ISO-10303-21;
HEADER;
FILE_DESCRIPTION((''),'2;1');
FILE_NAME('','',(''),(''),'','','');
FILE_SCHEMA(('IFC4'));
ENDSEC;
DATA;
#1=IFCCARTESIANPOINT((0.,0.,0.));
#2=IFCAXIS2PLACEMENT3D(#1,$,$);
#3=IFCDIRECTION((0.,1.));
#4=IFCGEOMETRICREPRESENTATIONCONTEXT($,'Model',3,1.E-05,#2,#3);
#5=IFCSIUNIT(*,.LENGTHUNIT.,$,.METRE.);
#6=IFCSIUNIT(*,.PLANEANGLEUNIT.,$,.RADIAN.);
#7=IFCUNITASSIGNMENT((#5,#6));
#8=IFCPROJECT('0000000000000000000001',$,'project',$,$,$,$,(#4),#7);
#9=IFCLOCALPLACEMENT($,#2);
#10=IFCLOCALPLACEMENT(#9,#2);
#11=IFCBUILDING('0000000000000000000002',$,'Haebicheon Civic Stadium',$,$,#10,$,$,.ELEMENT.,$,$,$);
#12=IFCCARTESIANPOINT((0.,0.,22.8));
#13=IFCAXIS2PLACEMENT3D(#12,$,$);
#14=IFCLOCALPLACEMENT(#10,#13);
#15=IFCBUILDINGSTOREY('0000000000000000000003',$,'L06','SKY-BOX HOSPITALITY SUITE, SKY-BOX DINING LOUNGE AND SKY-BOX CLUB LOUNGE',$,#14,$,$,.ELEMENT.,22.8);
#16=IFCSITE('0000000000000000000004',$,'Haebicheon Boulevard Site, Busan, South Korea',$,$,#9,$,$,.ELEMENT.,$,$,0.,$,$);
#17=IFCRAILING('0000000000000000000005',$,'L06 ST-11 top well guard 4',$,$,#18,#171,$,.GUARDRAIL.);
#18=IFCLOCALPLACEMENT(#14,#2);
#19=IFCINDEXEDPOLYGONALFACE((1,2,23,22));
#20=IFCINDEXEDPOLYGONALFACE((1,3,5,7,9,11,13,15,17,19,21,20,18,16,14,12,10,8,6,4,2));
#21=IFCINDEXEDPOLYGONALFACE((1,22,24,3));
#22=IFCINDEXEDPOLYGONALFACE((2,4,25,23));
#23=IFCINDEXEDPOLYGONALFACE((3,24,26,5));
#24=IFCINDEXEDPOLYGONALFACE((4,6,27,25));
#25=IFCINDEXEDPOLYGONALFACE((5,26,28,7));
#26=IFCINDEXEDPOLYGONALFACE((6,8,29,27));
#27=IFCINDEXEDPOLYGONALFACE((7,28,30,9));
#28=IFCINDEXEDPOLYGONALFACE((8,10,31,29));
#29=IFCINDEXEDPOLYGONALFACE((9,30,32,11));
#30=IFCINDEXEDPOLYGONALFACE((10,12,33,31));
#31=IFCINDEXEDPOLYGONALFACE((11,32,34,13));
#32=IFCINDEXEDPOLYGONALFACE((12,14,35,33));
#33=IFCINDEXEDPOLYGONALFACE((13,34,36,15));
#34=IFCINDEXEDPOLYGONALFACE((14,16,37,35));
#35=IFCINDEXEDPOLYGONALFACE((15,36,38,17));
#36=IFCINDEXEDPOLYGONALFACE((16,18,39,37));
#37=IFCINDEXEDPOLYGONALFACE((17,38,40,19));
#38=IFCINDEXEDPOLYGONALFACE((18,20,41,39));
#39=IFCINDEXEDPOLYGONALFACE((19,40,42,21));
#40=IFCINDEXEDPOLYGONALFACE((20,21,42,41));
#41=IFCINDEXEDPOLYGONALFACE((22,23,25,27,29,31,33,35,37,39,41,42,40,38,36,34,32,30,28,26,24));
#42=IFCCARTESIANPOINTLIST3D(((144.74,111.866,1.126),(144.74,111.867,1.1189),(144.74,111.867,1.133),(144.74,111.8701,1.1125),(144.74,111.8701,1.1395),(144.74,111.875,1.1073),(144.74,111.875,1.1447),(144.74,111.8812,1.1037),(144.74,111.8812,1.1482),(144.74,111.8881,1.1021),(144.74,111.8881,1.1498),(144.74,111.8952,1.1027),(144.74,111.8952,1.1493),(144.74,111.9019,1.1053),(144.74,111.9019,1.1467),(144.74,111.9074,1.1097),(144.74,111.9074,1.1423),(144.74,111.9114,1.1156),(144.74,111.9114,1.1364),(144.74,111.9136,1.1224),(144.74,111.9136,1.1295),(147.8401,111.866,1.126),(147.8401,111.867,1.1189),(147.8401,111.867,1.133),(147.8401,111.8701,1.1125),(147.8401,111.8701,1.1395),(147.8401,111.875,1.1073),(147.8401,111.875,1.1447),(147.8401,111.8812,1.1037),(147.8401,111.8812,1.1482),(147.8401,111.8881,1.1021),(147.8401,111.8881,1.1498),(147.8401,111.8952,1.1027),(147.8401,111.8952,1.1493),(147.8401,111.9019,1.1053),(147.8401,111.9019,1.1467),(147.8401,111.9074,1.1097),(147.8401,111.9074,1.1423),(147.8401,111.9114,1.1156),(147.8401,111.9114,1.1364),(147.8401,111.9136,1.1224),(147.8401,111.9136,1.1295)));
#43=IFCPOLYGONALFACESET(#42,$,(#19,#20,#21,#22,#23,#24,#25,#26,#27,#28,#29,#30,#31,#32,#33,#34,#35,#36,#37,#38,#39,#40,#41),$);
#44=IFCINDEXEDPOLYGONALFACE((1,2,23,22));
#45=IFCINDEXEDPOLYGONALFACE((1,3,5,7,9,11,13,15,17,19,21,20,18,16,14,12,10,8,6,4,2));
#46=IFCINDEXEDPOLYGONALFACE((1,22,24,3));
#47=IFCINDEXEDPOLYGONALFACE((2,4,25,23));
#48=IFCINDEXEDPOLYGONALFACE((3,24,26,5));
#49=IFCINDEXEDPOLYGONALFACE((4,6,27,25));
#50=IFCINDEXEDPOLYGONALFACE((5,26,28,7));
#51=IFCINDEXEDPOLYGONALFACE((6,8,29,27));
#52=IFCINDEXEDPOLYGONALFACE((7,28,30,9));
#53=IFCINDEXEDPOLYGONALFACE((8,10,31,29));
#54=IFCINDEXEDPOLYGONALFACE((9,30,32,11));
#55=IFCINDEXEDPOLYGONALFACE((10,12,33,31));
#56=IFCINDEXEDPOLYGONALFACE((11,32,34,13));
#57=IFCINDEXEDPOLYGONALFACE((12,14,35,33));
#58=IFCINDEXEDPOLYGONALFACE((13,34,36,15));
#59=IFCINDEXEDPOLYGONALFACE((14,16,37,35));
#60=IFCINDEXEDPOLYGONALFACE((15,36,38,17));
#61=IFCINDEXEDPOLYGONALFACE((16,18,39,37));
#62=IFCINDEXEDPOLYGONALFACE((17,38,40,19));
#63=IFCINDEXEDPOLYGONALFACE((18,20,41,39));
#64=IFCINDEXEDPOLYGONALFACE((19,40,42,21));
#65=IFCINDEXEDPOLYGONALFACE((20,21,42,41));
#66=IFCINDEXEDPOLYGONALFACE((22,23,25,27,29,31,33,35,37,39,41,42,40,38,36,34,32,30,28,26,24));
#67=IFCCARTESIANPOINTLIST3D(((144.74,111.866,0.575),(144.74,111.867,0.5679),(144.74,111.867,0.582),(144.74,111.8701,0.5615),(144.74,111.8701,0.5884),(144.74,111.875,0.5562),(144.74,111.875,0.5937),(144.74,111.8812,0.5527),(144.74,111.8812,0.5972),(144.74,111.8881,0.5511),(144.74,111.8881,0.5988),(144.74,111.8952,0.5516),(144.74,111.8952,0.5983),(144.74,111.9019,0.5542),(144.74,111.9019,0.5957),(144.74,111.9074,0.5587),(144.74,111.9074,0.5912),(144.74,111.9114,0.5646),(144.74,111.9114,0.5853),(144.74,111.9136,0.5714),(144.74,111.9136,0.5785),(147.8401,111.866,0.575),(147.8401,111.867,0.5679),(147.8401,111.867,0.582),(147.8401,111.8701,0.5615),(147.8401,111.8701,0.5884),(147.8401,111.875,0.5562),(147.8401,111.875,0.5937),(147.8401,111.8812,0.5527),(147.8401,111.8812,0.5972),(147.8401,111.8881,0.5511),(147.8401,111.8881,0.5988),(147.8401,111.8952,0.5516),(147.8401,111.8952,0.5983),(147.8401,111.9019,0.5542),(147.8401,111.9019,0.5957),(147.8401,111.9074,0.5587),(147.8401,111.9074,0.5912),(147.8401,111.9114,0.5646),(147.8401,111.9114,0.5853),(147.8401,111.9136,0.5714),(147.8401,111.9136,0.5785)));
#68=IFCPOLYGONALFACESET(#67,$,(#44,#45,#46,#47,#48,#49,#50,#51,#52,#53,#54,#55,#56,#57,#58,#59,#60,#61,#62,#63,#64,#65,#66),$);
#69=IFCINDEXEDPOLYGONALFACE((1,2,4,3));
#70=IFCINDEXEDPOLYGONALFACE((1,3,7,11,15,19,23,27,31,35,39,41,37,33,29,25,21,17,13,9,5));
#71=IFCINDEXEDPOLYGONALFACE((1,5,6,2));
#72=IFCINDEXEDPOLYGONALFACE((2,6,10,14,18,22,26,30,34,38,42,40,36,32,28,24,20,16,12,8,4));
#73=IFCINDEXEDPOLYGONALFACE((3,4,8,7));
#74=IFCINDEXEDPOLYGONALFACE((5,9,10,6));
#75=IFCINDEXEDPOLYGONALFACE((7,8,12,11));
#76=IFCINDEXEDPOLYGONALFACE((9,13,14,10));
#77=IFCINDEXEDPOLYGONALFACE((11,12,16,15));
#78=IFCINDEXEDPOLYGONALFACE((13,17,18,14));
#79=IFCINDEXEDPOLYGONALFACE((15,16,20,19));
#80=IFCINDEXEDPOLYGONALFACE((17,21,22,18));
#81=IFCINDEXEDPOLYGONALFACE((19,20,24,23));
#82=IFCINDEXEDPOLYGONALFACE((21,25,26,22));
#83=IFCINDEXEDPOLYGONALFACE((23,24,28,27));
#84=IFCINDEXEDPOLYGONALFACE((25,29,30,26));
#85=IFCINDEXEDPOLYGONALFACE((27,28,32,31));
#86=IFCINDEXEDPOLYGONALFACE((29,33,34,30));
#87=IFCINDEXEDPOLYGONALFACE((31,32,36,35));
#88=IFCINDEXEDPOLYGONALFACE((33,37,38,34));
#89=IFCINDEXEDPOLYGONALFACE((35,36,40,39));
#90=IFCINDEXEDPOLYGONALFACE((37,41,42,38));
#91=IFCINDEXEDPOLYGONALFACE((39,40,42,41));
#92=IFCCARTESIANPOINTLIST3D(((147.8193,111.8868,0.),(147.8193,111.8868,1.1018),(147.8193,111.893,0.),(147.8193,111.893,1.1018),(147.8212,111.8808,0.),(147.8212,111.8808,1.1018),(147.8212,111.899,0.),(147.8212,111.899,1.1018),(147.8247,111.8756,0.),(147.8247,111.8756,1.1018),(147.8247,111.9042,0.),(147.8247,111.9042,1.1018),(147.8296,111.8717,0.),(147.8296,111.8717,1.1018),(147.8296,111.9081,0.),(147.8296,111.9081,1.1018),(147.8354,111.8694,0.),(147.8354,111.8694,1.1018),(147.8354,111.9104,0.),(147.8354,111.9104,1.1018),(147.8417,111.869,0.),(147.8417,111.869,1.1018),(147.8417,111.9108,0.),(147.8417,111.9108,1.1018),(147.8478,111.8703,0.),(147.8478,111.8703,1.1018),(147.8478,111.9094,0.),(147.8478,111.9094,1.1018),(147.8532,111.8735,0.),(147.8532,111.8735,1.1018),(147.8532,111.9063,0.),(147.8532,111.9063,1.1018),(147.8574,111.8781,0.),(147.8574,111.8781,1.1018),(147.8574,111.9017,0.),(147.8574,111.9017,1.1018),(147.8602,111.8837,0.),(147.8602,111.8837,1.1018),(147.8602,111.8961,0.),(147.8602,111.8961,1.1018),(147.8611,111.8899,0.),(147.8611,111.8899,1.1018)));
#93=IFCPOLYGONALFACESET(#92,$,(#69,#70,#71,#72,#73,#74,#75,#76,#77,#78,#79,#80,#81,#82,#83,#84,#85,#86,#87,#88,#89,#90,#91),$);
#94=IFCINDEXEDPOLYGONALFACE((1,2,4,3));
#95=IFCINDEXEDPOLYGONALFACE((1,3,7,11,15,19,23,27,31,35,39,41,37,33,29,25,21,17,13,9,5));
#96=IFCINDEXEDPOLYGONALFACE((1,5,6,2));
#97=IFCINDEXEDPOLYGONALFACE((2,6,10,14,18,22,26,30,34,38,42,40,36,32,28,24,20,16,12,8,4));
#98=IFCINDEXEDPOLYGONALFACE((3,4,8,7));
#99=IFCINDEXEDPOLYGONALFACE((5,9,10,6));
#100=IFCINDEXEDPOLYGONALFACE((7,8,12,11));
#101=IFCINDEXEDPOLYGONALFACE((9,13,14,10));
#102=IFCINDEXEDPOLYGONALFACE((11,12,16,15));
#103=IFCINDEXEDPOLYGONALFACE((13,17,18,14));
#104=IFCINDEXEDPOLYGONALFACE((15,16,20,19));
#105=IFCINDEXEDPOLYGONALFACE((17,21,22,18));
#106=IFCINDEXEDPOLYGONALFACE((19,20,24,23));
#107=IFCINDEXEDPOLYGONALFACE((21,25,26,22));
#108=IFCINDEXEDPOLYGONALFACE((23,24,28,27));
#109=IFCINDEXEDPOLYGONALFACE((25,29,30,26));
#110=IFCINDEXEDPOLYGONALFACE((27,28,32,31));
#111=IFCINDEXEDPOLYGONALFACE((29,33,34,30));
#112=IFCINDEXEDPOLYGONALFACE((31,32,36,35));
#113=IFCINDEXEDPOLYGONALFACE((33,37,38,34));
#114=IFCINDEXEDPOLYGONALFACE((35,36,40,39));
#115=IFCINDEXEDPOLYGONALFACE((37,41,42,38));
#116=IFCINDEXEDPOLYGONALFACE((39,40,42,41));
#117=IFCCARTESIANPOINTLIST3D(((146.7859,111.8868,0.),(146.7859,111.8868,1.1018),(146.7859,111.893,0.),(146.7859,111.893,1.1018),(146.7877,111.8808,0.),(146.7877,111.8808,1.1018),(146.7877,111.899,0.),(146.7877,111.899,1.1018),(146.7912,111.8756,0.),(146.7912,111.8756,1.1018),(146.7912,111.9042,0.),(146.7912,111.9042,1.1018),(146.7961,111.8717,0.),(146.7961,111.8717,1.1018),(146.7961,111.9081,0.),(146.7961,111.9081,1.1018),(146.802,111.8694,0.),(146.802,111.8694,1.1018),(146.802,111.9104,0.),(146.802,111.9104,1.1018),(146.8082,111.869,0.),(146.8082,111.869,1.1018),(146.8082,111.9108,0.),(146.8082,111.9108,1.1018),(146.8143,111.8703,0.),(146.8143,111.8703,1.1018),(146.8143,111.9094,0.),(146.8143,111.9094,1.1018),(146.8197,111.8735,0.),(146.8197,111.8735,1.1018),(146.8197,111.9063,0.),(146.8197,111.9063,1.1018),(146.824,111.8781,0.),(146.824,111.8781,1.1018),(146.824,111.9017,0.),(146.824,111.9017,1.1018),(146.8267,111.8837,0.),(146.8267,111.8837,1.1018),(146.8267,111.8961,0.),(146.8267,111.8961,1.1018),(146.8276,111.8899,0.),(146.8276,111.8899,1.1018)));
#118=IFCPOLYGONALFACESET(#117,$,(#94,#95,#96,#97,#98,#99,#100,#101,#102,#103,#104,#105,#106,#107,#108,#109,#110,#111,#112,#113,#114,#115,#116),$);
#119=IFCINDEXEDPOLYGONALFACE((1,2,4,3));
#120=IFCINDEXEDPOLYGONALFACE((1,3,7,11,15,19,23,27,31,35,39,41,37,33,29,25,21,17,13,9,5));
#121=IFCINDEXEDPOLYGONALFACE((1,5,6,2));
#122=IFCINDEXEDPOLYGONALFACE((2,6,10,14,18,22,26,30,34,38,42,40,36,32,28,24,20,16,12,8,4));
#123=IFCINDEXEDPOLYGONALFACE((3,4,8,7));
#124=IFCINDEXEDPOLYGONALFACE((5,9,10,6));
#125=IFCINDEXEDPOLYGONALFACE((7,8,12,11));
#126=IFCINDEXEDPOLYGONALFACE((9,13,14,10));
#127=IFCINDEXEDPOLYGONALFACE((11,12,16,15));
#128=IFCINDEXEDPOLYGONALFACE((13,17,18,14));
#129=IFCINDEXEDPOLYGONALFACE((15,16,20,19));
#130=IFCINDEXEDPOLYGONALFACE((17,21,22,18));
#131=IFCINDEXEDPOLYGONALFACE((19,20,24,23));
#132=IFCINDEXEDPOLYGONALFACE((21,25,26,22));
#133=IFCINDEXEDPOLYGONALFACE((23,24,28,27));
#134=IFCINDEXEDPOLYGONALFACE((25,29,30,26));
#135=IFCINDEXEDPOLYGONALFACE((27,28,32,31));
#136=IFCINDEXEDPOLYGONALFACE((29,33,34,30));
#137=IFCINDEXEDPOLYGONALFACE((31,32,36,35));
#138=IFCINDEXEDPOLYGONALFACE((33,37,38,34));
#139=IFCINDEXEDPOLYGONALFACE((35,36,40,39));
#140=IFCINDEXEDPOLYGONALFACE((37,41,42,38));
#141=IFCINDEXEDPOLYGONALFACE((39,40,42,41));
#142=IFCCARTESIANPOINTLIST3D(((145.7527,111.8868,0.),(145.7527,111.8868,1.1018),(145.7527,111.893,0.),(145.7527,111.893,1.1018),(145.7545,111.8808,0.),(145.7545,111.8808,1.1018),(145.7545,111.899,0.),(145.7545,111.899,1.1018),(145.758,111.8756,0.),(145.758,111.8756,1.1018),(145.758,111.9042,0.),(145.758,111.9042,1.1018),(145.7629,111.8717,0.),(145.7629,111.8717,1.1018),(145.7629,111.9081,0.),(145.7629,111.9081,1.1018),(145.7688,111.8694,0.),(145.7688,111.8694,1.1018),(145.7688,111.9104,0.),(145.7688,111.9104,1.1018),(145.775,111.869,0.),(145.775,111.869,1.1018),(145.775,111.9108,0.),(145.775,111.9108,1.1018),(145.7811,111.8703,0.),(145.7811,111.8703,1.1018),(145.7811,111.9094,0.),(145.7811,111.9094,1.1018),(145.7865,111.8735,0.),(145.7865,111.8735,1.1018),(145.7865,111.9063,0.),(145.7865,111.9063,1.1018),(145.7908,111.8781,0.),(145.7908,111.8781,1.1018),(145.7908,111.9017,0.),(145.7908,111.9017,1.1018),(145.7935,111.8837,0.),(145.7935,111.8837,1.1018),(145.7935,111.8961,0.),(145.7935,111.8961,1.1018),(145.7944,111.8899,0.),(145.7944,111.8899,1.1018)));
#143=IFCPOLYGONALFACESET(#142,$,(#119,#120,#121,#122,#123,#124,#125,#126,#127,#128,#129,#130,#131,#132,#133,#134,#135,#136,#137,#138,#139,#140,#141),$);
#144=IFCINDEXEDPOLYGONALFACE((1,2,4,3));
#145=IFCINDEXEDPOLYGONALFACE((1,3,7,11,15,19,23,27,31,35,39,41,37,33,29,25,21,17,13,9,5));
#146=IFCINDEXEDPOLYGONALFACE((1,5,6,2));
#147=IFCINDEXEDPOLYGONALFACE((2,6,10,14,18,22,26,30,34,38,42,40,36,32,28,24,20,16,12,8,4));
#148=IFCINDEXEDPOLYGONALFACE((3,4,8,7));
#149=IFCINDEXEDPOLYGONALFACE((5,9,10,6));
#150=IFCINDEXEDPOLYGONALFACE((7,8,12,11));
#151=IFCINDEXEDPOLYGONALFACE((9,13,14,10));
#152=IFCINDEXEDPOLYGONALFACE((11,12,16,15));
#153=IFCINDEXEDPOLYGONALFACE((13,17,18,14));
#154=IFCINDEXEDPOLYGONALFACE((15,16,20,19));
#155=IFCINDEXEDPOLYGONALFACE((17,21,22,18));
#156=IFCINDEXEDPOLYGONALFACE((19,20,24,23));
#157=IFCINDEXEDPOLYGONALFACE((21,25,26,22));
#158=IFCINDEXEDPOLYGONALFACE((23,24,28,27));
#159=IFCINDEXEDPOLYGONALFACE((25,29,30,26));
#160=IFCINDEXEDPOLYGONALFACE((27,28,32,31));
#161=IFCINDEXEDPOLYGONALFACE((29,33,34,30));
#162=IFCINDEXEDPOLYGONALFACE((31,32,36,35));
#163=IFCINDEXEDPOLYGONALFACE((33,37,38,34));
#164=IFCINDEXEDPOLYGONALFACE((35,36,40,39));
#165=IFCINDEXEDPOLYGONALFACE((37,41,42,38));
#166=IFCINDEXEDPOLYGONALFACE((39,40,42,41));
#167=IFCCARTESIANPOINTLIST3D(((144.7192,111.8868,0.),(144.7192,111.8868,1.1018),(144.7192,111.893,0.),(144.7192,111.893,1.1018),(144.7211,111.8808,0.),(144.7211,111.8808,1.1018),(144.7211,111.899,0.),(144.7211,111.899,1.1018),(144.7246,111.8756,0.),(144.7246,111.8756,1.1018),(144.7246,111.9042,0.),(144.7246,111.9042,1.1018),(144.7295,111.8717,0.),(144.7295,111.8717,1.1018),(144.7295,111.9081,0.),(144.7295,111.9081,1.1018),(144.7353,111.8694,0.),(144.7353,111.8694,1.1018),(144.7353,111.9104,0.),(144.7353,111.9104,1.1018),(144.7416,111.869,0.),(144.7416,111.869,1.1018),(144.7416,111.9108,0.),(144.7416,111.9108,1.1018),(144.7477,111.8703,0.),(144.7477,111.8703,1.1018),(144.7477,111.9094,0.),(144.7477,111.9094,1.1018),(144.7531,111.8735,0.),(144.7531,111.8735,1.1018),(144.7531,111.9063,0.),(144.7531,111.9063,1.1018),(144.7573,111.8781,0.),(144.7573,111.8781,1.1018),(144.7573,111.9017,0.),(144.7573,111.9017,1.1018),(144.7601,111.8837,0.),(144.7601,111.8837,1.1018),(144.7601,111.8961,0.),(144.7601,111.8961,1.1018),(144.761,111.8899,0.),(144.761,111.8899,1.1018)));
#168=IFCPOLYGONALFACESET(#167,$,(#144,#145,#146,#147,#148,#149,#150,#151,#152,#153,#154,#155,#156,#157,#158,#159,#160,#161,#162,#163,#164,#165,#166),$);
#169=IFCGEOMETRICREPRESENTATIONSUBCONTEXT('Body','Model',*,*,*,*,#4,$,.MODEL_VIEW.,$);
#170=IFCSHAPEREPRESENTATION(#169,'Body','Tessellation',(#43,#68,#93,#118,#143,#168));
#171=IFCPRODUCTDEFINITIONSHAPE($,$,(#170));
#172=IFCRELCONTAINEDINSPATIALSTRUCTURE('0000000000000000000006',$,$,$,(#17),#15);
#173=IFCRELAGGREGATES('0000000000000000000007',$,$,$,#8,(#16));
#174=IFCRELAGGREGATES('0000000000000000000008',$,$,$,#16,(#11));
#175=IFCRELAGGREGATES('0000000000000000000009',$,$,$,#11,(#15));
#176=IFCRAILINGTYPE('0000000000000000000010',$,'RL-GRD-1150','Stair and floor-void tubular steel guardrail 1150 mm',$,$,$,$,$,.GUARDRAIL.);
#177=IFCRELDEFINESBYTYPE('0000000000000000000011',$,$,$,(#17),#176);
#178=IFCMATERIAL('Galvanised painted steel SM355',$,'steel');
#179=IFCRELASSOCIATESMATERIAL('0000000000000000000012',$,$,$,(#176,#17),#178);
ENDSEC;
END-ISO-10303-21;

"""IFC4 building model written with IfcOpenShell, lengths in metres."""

from ifc_helpers import new_model, si_unit, direction, frame, origin, origin_2d, place, context, subcontext, project, spatial, circle, extrude, material, type_object, element, save


model = new_model("IFC4")

# Units and contexts
model_context = context("Model", 3, precision=1e-05, world=origin(), true_north=direction((0.0, 1.0)))
body_context = subcontext(model_context, "Body", "Model", "MODEL_VIEW")
ifc_project = project(units=[si_unit("LENGTHUNIT", "METRE"), si_unit("PLANEANGLEUNIT", "RADIAN")], contexts=[model_context])

# Site, building, storey
site_placement = place(None, origin())
site = spatial("IfcSite", under=ifc_project, at=site_placement, Name="Haebicheon Boulevard Site, Busan, South Korea", CompositionType="ELEMENT", RefElevation=0.0)
building_placement = place(site_placement, origin())
building = spatial("IfcBuilding", under=site, at=building_placement, Name="Haebicheon Civic Stadium", CompositionType="ELEMENT")
storey_placement = place(building_placement, frame((0.0, 0.0, 22.8)))
storey = spatial("IfcBuildingStorey", under=building, at=storey_placement, Name="L06", Description="SKY-BOX HOSPITALITY SUITE, SKY-BOX DINING LOUNGE AND SKY-BOX CLUB LOUNGE", CompositionType="ELEMENT", Elevation=22.8)

# Railing
ifc_material_1 = material(Name="Galvanised painted steel SM355", Category="steel")
railing_type = type_object("IfcRailingType", Name="RL-GRD-1150", Description="Stair and floor-void tubular steel guardrail 1150 mm", PredefinedType="GUARDRAIL", material=ifc_material_1)
railing_1_placement = place(storey_placement, frame((147.8401, 111.8899, 0.0)))
element("IfcRailing", 1, at=railing_1_placement, inside=storey, type_object=railing_type, material=ifc_material_1, Name="L06 ST-11 top well guard 4", PredefinedType="GUARDRAIL", context=body_context, shape_type="SweptSolid", body=[
    extrude(circle(Radius=0.0239, at=origin_2d()), frame((0.0, 0.0, 1.126), z_axis=(-1.0, 0.0, 0.0), x_axis=(0.0, -1.0, 0.0)), (0.0, 0.0, 1.0), 3.1001),
    extrude(circle(Radius=0.0239, at=origin_2d()), frame((0.0, 0.0, 0.575), z_axis=(-1.0, 0.0, 0.0), x_axis=(0.0, -1.0, 0.0)), (0.0, 0.0, 1.0), 3.1001),
    extrude(circle(Radius=0.021, at=origin_2d()), origin(), (0.0, 0.0, 1.0), 1.1018),
    extrude(circle(Radius=0.021, at=origin_2d()), frame((-1.0334, 0.0, 0.0)), (0.0, 0.0, 1.0), 1.1018),
    extrude(circle(Radius=0.021, at=origin_2d()), frame((-2.0667, 0.0, 0.0)), (0.0, 0.0, 1.0), 1.1018),
    extrude(circle(Radius=0.021, at=origin_2d()), frame((-3.1001, 0.0, 0.0)), (0.0, 0.0, 1.0), 1.1018),
])

save(model, "model.ifc")
